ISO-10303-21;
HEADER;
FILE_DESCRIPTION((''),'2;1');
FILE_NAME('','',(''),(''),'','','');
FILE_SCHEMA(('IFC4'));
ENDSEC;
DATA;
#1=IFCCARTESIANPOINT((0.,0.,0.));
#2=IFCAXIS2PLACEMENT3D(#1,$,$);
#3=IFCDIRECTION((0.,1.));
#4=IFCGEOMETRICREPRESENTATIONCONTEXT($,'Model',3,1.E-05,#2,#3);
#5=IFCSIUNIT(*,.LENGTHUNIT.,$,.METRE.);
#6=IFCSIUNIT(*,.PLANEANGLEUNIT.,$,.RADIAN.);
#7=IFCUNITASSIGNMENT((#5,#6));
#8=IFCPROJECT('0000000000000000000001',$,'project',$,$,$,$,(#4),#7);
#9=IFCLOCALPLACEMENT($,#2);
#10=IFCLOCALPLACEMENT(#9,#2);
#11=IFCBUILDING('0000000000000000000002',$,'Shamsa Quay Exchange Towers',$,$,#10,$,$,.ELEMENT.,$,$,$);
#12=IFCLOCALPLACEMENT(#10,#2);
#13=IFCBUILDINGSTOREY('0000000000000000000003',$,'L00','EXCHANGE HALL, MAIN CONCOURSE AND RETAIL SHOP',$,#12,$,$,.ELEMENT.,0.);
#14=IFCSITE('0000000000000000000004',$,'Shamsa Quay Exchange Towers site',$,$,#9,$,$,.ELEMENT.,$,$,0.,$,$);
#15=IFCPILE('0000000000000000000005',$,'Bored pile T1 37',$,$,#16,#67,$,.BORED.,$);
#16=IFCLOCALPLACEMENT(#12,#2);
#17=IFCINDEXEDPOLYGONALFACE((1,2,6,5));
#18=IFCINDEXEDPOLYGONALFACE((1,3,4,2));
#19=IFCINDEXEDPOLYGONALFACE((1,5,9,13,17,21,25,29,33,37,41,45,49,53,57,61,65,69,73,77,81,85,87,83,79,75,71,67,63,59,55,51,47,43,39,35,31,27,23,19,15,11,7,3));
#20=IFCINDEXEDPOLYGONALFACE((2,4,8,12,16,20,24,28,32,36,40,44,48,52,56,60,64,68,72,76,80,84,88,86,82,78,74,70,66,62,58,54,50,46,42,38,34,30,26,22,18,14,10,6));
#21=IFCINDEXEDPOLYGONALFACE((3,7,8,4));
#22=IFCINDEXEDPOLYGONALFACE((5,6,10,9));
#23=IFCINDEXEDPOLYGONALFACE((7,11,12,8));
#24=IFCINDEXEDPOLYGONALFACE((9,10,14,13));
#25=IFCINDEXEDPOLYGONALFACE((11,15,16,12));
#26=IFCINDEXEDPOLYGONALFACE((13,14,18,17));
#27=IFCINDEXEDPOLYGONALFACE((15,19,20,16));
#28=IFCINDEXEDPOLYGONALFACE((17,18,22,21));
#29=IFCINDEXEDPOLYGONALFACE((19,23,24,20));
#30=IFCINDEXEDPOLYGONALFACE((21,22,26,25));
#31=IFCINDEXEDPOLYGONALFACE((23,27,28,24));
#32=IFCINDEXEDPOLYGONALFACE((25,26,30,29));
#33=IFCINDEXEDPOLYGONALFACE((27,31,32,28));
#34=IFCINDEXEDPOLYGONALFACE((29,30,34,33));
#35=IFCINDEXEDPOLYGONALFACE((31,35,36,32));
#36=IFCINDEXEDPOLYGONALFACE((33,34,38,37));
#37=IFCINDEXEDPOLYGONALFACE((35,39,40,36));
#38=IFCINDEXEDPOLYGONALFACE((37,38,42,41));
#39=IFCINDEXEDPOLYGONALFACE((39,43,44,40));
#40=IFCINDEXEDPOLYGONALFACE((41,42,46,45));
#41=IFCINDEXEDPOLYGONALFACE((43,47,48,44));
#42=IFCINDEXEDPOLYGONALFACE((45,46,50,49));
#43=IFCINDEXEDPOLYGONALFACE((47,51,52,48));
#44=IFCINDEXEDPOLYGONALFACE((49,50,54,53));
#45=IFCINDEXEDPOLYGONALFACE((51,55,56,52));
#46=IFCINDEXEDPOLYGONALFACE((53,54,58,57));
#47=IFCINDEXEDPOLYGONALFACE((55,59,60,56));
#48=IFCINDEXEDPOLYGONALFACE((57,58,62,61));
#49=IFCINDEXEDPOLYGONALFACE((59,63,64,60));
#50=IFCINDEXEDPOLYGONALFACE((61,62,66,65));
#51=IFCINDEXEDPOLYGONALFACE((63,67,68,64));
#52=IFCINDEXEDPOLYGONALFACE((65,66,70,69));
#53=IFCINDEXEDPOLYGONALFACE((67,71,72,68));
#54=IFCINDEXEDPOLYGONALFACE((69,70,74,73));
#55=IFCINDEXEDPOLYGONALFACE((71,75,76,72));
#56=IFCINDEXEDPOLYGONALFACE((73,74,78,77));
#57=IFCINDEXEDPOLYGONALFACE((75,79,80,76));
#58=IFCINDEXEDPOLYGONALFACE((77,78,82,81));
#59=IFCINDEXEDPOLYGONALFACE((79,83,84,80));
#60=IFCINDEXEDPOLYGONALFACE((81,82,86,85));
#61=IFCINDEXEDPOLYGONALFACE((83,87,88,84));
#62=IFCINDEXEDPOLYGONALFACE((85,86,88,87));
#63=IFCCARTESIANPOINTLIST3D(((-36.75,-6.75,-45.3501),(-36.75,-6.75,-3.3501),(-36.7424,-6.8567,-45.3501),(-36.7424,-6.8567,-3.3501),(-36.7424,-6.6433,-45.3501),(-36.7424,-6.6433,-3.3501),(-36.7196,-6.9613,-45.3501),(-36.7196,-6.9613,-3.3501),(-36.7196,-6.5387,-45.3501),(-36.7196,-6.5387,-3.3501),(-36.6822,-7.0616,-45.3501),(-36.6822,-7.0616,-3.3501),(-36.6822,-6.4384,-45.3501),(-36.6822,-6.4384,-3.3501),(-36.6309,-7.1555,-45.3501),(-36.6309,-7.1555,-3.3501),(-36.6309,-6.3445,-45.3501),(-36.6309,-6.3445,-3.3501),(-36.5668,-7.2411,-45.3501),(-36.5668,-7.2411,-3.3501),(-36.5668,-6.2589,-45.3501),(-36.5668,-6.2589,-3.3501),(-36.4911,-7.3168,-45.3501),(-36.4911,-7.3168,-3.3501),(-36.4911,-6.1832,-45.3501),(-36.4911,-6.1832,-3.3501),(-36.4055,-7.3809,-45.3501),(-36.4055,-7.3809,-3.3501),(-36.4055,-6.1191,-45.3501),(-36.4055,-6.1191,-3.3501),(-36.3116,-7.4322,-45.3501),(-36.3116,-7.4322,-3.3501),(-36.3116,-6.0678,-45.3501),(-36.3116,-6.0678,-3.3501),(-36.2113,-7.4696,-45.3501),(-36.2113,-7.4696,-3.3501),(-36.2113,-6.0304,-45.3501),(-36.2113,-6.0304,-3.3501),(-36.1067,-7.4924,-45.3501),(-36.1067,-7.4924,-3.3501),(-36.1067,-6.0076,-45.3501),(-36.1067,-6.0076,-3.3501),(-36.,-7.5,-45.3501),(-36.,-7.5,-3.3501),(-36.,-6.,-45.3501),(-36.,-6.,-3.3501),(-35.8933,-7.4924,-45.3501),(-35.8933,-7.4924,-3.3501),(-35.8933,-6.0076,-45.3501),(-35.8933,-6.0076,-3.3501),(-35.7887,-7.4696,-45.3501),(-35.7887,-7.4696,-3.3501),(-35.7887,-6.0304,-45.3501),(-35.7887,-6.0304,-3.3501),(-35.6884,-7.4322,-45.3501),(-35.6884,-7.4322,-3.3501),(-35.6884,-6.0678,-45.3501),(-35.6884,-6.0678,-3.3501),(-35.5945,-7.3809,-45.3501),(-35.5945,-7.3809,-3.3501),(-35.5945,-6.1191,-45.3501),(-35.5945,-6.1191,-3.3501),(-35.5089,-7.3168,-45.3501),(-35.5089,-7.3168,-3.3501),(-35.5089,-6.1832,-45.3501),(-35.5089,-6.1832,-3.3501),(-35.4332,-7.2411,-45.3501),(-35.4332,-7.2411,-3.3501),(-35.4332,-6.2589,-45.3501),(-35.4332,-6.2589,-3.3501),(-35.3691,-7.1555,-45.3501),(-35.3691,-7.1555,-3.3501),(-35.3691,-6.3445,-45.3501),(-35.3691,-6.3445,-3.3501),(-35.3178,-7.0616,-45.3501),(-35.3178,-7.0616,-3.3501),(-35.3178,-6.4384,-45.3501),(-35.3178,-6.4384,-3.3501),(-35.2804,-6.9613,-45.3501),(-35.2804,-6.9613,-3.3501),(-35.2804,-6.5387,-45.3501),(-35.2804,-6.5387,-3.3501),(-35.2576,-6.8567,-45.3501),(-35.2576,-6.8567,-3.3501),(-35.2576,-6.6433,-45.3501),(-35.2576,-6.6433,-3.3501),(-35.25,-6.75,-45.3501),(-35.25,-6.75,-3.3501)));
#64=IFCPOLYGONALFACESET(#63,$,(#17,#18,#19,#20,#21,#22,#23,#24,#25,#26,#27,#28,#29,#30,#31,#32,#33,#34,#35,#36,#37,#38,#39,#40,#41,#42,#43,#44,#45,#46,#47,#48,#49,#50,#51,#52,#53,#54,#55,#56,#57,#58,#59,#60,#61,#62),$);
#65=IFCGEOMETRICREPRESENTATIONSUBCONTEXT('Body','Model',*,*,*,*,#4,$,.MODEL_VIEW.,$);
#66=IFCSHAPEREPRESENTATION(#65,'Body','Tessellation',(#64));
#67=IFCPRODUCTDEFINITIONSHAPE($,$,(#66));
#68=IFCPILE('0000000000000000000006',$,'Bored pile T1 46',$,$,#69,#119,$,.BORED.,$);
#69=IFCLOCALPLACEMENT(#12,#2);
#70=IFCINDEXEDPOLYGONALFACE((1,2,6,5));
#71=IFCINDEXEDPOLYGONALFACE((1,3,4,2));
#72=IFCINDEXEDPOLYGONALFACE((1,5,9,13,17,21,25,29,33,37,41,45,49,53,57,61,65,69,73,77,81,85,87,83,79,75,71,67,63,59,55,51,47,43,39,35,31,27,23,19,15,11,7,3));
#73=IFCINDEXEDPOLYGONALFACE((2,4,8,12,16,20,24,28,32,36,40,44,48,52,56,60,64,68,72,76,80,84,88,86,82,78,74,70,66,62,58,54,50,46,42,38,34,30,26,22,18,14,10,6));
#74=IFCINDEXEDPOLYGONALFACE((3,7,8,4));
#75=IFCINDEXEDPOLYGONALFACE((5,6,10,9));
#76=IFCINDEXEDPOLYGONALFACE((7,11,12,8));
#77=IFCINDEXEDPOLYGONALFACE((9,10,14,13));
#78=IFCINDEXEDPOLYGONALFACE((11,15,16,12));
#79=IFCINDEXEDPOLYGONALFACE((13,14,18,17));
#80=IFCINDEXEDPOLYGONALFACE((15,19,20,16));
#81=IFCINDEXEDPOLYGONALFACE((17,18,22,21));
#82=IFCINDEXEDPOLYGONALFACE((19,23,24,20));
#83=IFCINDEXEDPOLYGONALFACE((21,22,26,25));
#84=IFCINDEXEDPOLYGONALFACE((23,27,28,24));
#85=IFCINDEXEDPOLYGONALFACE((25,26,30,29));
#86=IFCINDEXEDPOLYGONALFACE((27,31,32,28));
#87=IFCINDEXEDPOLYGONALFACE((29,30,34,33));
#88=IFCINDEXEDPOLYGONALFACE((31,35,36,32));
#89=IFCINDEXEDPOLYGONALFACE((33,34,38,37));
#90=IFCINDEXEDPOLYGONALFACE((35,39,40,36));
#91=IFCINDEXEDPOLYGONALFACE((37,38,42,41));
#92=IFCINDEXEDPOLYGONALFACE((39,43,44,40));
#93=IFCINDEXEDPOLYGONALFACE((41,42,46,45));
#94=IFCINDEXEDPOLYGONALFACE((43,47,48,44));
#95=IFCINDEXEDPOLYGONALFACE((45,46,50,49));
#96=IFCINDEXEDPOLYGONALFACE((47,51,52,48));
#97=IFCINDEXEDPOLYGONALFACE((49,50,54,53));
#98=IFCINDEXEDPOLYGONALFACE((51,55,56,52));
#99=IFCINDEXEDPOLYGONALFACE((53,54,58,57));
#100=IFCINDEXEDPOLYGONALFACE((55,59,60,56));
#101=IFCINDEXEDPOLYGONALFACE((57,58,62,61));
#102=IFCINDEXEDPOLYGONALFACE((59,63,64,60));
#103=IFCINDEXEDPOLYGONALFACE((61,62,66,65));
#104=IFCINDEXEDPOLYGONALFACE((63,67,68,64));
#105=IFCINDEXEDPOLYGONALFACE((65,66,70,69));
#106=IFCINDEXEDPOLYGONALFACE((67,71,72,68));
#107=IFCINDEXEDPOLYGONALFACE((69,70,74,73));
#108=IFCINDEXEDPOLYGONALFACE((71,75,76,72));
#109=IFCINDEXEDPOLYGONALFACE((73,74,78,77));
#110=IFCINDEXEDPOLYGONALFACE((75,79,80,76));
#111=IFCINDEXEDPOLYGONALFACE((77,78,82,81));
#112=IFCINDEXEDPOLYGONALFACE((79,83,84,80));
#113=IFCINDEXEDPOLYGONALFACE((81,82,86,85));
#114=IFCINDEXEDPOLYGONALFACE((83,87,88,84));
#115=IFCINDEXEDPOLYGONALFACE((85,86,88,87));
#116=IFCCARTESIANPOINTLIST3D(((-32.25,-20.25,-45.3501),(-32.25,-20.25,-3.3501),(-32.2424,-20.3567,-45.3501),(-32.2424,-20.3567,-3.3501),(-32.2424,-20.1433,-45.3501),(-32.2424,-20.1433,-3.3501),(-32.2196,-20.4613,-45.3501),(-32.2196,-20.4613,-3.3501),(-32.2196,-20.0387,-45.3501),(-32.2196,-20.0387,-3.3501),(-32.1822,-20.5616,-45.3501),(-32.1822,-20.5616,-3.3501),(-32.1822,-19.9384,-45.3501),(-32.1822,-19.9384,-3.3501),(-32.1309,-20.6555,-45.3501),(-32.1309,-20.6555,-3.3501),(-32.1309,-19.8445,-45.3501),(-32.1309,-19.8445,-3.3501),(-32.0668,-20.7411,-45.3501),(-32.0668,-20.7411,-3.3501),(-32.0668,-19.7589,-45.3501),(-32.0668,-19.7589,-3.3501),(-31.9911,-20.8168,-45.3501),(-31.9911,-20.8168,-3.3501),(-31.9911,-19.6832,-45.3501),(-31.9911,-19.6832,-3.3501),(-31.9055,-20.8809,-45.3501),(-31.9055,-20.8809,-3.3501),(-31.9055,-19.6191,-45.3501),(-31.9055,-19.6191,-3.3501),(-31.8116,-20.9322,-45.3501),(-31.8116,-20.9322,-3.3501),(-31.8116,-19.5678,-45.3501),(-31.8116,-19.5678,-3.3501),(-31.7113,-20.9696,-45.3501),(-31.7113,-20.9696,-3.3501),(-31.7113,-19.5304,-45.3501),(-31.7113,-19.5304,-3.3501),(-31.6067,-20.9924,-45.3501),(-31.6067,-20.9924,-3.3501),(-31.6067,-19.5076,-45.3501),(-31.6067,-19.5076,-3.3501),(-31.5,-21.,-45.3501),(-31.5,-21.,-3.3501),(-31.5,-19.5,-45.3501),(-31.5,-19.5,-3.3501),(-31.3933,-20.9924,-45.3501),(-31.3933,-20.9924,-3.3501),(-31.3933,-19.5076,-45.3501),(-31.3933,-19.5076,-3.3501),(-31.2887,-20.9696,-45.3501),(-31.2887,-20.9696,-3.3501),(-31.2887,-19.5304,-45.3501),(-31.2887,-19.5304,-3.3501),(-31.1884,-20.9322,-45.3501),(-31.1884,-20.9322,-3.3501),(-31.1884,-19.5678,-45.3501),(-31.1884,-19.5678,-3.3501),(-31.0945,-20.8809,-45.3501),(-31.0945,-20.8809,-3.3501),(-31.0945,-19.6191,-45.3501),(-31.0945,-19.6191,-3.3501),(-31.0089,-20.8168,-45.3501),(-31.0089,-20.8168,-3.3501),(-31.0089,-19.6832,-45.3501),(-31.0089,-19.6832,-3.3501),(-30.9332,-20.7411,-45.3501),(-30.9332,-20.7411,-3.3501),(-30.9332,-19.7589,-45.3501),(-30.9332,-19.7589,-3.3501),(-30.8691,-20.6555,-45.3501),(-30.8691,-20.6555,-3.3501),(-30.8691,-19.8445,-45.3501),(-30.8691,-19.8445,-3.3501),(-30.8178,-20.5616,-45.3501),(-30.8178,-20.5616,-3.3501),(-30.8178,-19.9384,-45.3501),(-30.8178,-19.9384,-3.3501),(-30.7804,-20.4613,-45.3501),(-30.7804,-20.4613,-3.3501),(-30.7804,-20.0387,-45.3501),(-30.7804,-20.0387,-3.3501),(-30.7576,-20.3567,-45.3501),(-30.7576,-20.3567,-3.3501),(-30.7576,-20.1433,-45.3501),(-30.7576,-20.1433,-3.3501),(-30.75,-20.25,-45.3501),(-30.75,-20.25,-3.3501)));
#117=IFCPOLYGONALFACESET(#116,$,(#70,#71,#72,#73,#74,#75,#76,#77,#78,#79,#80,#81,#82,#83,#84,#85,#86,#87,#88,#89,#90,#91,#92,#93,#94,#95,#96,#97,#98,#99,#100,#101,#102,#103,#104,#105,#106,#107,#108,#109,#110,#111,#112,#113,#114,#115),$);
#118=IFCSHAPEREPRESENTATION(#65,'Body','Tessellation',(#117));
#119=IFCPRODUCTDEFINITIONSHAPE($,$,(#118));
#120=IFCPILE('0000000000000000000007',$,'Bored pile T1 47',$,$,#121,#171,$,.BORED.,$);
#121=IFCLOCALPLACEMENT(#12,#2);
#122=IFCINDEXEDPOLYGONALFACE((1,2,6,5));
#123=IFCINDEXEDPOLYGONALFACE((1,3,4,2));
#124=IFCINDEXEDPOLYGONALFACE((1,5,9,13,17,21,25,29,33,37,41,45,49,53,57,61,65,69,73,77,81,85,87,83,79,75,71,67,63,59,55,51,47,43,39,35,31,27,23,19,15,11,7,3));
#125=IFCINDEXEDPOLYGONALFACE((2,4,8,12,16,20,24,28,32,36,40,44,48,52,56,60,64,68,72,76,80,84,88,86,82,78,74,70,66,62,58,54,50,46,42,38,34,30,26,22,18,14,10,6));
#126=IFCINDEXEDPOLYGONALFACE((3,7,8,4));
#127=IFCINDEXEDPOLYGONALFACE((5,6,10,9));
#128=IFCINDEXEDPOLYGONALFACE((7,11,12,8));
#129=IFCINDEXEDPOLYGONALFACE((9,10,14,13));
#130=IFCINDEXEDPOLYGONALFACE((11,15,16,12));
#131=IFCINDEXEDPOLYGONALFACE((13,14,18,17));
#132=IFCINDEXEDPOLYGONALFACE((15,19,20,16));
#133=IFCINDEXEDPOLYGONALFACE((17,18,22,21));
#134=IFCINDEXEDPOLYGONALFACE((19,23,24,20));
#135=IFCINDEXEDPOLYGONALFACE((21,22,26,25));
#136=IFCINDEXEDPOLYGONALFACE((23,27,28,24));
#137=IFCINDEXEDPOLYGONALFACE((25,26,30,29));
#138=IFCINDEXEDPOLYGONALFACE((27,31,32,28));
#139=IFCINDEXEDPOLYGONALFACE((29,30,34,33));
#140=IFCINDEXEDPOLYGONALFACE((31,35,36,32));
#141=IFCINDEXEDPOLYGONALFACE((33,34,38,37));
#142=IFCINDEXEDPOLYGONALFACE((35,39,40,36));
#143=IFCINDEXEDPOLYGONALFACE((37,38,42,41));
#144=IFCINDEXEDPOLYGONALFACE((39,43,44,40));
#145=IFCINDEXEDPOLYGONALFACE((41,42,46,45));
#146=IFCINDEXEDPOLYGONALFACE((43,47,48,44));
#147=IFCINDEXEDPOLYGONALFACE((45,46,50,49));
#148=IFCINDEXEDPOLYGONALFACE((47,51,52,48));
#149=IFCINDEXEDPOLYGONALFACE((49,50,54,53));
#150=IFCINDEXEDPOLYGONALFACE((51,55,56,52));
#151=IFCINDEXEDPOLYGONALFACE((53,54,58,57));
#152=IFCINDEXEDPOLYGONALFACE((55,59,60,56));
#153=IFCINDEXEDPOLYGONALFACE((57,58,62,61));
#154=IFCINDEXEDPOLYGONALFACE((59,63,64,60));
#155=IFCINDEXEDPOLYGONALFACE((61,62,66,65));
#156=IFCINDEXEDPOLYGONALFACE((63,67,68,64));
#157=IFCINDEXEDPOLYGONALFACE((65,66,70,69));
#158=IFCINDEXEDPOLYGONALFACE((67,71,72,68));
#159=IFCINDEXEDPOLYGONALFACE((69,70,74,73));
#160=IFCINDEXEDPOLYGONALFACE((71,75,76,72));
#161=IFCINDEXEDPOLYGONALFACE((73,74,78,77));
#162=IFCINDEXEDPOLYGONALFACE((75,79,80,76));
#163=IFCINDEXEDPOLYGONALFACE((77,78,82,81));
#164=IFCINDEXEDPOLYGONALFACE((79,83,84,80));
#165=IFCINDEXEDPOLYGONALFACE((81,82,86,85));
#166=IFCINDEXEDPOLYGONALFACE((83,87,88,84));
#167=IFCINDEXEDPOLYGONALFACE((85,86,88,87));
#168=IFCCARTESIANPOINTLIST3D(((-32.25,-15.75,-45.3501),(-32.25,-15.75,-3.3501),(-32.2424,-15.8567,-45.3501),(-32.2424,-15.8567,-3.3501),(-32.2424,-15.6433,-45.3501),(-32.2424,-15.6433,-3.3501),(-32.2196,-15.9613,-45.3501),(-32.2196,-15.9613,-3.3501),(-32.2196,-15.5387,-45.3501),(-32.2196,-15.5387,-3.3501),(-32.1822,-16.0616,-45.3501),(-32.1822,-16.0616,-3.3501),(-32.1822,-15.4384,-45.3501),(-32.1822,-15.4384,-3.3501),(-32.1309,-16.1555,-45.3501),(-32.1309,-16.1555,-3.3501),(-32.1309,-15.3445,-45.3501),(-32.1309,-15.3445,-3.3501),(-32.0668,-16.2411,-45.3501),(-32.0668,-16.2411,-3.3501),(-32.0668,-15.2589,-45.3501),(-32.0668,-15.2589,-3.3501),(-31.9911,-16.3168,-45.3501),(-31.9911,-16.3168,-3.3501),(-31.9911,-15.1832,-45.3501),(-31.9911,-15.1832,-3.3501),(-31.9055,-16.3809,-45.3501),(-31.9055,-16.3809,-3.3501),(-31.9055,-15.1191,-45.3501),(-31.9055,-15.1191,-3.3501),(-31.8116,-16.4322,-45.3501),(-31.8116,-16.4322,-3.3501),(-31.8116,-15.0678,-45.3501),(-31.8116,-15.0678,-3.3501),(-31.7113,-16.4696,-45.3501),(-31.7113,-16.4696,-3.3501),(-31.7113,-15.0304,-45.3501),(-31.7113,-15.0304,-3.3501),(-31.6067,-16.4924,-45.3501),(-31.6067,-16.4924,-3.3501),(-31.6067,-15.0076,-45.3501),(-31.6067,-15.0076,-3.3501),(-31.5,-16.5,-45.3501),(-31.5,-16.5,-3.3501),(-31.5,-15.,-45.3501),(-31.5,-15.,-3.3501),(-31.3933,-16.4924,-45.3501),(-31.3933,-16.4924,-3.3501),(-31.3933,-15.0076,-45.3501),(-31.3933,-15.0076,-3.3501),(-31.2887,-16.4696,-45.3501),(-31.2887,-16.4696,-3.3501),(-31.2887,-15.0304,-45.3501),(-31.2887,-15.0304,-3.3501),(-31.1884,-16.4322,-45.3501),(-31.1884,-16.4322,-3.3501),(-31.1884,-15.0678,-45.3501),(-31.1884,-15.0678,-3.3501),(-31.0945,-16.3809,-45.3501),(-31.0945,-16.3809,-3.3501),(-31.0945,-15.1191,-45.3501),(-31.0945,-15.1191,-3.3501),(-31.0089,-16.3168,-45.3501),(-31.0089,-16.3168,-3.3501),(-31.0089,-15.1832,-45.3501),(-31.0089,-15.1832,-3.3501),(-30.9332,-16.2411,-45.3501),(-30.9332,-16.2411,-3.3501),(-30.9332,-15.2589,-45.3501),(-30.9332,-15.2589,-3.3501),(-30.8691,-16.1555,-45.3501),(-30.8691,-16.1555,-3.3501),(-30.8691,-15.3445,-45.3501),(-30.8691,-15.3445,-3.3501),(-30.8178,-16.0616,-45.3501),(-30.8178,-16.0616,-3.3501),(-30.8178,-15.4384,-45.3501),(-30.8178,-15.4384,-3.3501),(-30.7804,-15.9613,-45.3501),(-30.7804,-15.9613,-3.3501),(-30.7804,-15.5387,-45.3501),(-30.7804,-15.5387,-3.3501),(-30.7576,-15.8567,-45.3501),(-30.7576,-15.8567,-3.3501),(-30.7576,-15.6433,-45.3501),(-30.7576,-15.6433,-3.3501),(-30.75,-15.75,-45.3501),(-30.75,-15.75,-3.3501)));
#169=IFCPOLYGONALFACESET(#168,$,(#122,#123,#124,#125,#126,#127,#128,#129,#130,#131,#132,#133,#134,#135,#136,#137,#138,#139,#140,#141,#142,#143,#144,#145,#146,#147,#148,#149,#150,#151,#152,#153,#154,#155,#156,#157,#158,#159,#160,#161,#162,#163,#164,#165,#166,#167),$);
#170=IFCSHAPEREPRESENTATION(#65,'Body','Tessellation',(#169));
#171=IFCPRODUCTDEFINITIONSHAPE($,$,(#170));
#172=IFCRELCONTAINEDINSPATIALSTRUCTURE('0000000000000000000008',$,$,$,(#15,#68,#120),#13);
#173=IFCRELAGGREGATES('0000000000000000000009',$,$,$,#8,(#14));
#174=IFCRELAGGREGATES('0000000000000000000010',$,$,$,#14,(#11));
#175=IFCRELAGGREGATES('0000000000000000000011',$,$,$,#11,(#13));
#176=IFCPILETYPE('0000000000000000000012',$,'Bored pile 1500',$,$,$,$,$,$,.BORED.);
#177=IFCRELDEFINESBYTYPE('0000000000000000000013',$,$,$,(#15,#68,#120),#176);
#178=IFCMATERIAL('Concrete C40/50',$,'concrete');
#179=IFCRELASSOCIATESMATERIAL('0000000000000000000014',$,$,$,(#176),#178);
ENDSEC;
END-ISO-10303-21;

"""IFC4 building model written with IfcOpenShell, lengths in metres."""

from ifc_helpers import new_model, si_unit, direction, frame, origin, origin_2d, place, context, subcontext, project, spatial, circle, extrude, material, material_profile, profile_set, type_object, element, save


model = new_model("IFC4")

# Units and contexts
model_context = context("Model", 3, precision=1e-05, world=origin(), true_north=direction((0.0, 1.0)))
body_context = subcontext(model_context, "Body", "Model", "MODEL_VIEW")
ifc_project = project(units=[si_unit("LENGTHUNIT", "METRE"), si_unit("PLANEANGLEUNIT", "RADIAN")], contexts=[model_context])

# Site, building, storey
site_placement = place(None, origin())
site = spatial("IfcSite", under=ifc_project, at=site_placement, Name="Shamsa Quay Exchange Towers site", CompositionType="ELEMENT", RefElevation=0.0)
building_placement = place(site_placement, origin())
building = spatial("IfcBuilding", under=site, at=building_placement, Name="Shamsa Quay Exchange Towers", CompositionType="ELEMENT")
storey_placement = place(building_placement, origin())
storey = spatial("IfcBuildingStorey", under=building, at=storey_placement, Name="L00", Description="EXCHANGE HALL, MAIN CONCOURSE AND RETAIL SHOP", CompositionType="ELEMENT", Elevation=0.0)

# Piles
ifc_material_1 = material(Name="Concrete C40/50", Category="concrete")
ifc_material_profile_1 = material_profile(ifc_material_1, circle(Radius=0.75, at=origin_2d()), Name="BP1500")
ifc_profile_set_1 = profile_set([ifc_material_profile_1], Name="Concrete C40/50")
pile_type_1 = type_object("IfcPileType", Name="Bored pile 1500", PredefinedType="BORED", material=ifc_profile_set_1)
for number, where, z_axis, x_axis, name in (
    (1, (-36.0, -6.75, -3.3501), (0.0, 0.0, -1.0), (1.0, 0.0, 0.0), "Bored pile T1 37"),
    (2, (-31.5, -20.25, -3.3501), (0.0, 0.0, -1.0), (1.0, 0.0, 0.0), "Bored pile T1 46"),
    (3, (-31.5, -15.75, -3.3501), (0.0, 0.0, -1.0), (1.0, 0.0, 0.0), "Bored pile T1 47"),
):
    element("IfcPile", number, at=place(storey_placement, frame(where, z_axis=z_axis, x_axis=x_axis)), inside=storey, type_object=pile_type_1, Name=name, PredefinedType="BORED", context=body_context, shape_type="SweptSolid", body=[
        extrude(circle(Radius=0.75, at=origin_2d()), origin(), (0.0, 0.0, 1.0), 42.0),
    ])

save(model, "model.ifc")
